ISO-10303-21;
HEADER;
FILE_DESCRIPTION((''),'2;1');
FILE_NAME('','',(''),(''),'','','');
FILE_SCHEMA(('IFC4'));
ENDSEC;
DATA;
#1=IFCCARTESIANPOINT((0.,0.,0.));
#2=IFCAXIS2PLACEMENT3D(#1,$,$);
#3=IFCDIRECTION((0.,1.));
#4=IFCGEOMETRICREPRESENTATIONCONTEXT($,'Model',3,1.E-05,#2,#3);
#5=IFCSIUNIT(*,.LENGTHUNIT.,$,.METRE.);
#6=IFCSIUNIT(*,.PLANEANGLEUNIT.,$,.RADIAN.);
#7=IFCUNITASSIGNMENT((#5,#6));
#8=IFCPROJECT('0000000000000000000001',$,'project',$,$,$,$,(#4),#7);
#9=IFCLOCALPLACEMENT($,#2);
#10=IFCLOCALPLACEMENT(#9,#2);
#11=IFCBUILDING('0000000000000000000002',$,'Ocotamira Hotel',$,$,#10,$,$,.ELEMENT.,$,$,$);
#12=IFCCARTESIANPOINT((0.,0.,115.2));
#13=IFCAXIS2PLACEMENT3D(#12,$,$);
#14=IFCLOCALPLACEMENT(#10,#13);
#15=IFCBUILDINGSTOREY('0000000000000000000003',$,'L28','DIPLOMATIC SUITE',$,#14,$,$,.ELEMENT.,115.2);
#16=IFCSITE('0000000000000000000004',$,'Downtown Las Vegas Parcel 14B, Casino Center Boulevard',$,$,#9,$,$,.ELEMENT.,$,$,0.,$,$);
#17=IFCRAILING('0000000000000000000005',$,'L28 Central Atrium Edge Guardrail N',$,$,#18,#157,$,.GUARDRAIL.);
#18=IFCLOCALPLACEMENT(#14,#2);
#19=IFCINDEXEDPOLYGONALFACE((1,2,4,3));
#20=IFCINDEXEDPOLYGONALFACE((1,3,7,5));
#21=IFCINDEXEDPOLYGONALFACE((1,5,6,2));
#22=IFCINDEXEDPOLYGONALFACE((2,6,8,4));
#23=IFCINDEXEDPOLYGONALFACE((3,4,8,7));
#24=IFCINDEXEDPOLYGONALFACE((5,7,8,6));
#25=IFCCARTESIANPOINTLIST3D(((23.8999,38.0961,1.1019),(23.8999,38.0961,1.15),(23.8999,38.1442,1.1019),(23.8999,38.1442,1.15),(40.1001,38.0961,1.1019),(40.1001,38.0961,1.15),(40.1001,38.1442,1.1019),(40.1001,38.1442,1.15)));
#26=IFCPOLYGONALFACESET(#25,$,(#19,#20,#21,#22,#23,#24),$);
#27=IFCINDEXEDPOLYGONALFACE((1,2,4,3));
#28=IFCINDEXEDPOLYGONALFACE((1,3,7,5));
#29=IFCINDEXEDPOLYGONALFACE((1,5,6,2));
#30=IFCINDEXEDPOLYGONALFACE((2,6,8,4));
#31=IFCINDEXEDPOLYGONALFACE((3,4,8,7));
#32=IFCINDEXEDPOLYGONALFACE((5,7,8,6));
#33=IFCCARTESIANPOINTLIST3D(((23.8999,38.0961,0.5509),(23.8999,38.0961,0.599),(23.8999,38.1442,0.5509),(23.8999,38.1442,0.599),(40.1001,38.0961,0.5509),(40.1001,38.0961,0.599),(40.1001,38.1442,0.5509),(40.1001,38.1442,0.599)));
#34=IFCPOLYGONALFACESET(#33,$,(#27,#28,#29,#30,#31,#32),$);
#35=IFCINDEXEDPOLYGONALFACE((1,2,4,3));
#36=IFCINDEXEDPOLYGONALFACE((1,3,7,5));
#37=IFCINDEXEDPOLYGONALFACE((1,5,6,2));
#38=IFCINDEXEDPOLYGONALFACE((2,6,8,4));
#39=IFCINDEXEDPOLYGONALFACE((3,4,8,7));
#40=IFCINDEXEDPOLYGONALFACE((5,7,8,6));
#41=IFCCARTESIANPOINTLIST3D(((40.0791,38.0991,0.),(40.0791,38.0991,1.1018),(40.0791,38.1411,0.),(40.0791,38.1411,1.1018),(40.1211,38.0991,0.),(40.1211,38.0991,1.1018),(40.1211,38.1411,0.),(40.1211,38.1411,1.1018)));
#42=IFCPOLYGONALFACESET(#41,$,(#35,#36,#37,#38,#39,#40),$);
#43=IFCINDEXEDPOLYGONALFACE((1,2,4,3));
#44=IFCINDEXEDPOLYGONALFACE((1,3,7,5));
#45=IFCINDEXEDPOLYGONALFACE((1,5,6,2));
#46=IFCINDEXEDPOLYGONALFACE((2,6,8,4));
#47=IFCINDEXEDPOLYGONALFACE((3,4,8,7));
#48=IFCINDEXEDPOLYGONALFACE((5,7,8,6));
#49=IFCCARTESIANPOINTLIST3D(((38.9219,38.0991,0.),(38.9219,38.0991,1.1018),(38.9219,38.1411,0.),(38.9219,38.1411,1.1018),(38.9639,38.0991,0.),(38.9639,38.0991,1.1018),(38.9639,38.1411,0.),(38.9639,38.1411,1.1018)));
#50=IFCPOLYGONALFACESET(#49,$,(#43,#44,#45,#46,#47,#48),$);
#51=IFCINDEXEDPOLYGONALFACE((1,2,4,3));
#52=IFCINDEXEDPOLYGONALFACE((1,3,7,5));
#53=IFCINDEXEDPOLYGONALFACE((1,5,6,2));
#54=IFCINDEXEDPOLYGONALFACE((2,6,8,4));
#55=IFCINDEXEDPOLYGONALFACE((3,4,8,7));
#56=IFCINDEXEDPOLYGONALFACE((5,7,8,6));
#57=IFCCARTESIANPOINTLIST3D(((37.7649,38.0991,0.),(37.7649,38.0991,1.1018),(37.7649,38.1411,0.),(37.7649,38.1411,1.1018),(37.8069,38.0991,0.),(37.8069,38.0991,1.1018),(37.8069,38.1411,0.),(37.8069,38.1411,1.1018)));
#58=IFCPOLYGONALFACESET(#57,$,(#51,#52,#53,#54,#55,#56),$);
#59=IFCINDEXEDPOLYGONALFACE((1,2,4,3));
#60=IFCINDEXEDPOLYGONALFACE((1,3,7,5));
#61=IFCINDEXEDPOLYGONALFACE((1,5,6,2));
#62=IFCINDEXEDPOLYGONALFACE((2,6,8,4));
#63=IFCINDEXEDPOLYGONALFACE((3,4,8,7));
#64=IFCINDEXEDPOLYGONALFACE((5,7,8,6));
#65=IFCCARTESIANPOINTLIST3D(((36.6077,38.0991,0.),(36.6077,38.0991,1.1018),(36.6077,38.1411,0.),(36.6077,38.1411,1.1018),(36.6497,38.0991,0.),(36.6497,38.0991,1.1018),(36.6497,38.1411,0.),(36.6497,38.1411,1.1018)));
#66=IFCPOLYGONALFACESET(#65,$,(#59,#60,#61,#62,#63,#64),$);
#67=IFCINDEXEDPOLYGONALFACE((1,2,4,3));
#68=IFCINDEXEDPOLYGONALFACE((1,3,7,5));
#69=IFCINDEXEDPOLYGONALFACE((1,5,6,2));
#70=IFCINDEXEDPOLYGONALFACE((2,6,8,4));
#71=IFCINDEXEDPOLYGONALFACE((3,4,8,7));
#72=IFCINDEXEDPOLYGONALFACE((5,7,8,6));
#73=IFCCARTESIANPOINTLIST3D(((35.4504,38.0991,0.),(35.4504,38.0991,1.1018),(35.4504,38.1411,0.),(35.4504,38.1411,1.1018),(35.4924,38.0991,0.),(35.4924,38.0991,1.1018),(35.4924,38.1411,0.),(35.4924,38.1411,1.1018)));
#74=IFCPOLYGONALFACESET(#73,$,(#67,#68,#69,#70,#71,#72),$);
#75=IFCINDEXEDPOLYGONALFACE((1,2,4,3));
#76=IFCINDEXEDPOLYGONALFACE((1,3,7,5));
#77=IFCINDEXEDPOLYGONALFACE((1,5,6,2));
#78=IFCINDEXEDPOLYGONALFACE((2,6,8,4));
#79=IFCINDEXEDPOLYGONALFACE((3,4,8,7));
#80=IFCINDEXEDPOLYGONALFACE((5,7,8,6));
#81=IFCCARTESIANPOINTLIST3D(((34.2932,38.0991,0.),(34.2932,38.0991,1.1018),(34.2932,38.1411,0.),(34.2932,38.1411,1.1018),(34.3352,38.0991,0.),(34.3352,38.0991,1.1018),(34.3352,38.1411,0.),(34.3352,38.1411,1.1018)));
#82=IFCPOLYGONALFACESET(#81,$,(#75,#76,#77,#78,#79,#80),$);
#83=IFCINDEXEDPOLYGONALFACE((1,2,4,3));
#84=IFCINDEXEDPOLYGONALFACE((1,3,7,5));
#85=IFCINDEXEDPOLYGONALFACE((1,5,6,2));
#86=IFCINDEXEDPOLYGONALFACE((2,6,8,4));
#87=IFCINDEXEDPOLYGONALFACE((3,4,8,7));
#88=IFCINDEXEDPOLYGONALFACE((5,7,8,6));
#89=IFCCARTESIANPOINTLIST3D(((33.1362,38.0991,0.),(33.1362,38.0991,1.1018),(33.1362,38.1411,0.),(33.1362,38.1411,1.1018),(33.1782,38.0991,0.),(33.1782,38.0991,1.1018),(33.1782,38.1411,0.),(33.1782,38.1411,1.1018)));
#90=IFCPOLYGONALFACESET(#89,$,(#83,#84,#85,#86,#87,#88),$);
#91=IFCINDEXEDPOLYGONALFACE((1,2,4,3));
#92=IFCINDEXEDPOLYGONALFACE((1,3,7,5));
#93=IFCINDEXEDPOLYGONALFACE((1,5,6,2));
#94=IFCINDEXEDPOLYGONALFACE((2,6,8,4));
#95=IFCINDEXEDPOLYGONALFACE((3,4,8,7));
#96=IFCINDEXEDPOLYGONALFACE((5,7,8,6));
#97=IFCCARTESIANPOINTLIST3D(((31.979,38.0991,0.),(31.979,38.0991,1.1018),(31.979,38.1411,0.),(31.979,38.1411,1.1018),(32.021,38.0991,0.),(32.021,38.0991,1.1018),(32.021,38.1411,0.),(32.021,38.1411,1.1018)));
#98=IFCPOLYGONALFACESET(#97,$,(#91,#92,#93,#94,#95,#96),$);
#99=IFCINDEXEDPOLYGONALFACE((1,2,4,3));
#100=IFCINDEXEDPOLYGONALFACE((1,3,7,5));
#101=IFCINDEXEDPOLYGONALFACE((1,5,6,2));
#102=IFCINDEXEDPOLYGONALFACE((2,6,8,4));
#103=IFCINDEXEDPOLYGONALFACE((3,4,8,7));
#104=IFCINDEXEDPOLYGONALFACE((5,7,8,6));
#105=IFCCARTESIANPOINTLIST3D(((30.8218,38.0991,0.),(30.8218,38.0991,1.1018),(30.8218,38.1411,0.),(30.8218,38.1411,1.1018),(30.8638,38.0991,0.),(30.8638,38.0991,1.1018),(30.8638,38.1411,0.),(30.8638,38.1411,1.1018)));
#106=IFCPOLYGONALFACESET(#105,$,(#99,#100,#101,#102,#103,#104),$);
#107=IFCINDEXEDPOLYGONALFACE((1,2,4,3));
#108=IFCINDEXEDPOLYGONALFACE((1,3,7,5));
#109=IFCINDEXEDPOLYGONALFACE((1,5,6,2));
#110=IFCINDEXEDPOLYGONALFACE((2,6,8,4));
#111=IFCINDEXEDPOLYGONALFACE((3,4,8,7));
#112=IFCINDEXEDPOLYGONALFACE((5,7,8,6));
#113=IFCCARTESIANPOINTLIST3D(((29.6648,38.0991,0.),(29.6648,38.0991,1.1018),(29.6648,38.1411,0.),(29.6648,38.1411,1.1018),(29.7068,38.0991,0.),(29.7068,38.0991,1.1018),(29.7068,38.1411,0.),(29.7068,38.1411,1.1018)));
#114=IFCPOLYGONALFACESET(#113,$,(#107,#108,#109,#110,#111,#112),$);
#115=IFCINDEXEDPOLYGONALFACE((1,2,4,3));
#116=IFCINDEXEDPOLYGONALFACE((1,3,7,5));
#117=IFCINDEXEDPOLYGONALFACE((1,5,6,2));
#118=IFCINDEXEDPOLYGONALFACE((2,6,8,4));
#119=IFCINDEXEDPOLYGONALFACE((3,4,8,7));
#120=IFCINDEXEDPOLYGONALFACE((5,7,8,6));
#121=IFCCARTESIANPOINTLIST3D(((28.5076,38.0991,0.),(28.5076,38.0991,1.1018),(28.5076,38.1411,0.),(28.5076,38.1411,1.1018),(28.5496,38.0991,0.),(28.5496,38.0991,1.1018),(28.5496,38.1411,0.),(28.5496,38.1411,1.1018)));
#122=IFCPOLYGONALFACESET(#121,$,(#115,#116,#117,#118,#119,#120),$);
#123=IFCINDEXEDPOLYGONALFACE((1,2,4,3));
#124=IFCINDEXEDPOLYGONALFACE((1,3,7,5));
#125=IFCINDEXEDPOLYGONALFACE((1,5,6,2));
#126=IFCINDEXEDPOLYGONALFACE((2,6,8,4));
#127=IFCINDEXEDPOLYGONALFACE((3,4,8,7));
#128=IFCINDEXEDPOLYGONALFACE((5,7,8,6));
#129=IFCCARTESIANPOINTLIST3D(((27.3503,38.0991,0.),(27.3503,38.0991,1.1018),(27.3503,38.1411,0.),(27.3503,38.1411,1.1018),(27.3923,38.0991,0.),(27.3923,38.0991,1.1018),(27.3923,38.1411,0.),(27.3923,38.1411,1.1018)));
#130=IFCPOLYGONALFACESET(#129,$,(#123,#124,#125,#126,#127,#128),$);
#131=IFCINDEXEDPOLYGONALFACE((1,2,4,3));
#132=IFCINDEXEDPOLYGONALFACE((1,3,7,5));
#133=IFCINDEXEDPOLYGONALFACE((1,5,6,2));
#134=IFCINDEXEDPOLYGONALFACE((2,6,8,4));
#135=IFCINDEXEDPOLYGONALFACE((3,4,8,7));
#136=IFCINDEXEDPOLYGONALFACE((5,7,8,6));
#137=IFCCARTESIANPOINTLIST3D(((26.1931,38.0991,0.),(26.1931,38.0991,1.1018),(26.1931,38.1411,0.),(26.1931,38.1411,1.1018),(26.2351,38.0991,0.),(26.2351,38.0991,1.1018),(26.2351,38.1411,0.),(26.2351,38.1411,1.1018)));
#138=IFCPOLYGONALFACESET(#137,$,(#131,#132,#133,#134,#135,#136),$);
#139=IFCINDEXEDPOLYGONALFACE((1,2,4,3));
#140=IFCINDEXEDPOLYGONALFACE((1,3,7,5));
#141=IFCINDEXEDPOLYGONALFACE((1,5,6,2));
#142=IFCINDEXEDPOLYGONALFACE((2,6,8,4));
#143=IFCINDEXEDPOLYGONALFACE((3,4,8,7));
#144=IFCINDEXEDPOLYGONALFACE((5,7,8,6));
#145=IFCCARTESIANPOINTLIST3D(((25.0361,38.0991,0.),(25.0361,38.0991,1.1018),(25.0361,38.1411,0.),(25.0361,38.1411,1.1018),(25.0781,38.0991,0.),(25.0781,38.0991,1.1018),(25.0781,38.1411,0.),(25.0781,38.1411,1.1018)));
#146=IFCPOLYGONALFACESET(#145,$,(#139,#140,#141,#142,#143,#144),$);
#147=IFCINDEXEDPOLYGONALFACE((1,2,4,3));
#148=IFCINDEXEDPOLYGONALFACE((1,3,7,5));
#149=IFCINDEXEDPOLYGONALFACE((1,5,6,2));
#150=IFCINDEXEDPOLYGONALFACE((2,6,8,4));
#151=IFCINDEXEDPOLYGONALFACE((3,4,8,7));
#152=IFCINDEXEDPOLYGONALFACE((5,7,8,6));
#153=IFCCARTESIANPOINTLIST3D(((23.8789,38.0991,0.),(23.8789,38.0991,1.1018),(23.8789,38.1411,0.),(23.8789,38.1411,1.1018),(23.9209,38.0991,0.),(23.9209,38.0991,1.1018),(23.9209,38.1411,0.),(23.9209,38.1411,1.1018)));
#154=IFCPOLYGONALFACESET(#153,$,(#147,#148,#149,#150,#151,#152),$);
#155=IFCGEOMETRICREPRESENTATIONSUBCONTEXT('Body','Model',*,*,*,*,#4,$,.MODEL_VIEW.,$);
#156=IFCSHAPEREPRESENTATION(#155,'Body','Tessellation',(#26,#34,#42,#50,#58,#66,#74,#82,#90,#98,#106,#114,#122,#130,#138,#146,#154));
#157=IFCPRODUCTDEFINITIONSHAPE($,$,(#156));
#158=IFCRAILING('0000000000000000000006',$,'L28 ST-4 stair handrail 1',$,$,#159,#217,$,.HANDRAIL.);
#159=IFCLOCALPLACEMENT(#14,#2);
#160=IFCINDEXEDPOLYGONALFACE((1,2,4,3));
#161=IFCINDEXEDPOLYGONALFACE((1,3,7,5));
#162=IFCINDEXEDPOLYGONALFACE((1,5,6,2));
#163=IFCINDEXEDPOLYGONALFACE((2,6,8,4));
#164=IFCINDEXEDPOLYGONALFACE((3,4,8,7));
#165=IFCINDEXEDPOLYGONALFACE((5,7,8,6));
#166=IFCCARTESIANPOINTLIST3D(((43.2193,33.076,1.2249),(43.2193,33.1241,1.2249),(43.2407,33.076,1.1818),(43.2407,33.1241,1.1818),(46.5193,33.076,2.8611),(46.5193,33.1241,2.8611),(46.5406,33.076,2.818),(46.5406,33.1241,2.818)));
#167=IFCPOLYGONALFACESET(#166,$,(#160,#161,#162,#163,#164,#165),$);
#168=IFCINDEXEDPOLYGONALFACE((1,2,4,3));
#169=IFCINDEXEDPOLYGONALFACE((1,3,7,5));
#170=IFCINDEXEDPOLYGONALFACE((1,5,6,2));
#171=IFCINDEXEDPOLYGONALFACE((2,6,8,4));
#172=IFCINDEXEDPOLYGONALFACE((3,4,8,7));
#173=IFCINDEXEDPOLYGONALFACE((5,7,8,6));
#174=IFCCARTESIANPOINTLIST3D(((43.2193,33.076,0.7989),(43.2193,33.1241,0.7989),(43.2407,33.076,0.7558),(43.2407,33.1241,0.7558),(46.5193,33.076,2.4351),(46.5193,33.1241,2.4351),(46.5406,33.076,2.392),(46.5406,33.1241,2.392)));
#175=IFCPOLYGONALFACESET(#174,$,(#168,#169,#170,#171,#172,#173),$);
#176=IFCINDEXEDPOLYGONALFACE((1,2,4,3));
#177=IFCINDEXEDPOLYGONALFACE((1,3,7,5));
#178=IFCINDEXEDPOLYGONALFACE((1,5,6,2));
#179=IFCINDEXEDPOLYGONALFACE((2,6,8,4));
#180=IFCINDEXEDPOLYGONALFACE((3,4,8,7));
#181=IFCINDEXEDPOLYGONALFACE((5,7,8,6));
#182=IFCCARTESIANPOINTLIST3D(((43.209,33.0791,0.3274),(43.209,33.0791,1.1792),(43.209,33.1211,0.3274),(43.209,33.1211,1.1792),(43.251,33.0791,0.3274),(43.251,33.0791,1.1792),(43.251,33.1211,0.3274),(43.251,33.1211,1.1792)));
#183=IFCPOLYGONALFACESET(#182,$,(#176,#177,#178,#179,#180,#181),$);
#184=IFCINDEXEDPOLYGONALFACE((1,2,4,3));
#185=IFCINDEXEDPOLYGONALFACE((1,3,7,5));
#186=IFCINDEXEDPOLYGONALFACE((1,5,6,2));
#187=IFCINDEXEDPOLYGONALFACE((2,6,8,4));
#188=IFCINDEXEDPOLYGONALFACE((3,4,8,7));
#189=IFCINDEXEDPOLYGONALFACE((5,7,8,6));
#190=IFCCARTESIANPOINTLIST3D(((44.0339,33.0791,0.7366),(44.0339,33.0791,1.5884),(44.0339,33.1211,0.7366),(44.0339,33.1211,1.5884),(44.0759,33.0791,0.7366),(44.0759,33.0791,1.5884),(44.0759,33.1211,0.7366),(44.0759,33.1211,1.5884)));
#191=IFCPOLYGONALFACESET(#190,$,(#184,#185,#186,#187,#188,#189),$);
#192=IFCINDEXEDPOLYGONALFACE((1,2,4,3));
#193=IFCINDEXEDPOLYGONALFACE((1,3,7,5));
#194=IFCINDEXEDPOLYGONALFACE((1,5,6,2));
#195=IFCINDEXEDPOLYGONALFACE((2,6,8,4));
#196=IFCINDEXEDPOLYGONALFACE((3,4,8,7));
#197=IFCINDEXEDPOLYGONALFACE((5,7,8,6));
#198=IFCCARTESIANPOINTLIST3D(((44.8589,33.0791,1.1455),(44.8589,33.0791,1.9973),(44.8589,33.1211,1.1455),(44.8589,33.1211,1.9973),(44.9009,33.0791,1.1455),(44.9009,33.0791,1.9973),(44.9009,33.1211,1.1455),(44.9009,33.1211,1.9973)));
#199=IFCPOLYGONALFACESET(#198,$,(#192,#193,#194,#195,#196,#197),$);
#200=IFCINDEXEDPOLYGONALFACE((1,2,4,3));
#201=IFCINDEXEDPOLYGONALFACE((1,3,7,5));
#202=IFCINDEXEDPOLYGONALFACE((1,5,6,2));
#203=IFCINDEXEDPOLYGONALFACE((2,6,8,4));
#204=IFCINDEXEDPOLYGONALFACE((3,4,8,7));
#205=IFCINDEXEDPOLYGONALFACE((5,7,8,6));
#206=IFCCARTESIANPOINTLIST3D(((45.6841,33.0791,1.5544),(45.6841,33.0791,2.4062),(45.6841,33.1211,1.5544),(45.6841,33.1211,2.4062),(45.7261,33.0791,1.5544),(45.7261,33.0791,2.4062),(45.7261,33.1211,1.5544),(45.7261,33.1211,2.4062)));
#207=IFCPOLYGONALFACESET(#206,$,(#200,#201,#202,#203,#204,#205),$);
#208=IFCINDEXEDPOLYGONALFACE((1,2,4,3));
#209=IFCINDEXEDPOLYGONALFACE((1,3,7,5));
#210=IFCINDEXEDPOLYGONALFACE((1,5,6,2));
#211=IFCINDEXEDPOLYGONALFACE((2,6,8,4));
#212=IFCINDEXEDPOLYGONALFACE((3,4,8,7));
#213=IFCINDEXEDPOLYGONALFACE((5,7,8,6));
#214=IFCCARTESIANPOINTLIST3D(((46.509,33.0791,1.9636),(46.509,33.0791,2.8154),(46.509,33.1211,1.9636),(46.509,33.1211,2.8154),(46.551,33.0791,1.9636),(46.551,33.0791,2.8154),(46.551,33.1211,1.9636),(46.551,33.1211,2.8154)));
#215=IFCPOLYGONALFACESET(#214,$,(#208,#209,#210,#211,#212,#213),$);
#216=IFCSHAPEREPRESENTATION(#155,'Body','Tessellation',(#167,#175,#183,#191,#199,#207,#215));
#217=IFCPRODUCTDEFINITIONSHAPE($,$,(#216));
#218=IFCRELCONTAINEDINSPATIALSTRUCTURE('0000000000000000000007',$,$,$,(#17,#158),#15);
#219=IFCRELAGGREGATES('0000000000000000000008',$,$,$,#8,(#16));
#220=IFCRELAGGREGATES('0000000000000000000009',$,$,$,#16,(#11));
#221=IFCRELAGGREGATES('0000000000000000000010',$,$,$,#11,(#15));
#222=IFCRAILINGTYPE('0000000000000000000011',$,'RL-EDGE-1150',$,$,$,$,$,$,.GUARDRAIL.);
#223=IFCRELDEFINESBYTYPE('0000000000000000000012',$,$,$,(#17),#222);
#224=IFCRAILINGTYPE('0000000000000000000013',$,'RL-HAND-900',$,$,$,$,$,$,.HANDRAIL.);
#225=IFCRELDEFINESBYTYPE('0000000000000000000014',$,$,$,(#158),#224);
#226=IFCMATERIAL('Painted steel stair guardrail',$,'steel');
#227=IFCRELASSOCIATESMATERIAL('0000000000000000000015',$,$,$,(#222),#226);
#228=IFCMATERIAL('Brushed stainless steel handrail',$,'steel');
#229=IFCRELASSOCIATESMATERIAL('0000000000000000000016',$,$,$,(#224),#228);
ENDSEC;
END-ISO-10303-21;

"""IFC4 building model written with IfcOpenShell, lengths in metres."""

from ifc_helpers import new_model, si_unit, direction, frame, origin, origin_2d, place, context, subcontext, project, spatial, rectangle, extrude, material, type_object, element, save


model = new_model("IFC4")

# Units and contexts
model_context = context("Model", 3, precision=1e-05, world=origin(), true_north=direction((0.0, 1.0)))
body_context = subcontext(model_context, "Body", "Model", "MODEL_VIEW")
ifc_project = project(units=[si_unit("LENGTHUNIT", "METRE"), si_unit("PLANEANGLEUNIT", "RADIAN")], contexts=[model_context])

# Site, building, storey
site_placement = place(None, origin())
site = spatial("IfcSite", under=ifc_project, at=site_placement, Name="Downtown Las Vegas Parcel 14B, Casino Center Boulevard", CompositionType="ELEMENT", RefElevation=0.0)
building_placement = place(site_placement, origin())
building = spatial("IfcBuilding", under=site, at=building_placement, Name="Ocotamira Hotel", CompositionType="ELEMENT")
storey_placement = place(building_placement, frame((0.0, 0.0, 115.2)))
storey = spatial("IfcBuildingStorey", under=building, at=storey_placement, Name="L28", Description="DIPLOMATIC SUITE", CompositionType="ELEMENT", Elevation=115.2)

# Railings
ifc_material_1 = material(Name="Painted steel stair guardrail", Category="steel")
railing_type_1 = type_object("IfcRailingType", Name="RL-EDGE-1150", PredefinedType="GUARDRAIL", material=ifc_material_1)
railing_1_placement = place(storey_placement, frame((40.1001, 38.1201, 0.0)))
element("IfcRailing", 1, at=railing_1_placement, inside=storey, type_object=railing_type_1, Name="L28 Central Atrium Edge Guardrail N", PredefinedType="GUARDRAIL", context=body_context, shape_type="SweptSolid", body=[
    extrude(rectangle(XDim=0.0481, YDim=0.0481, at=origin_2d()), frame((0.0, 0.0, 1.126), z_axis=(-1.0, 0.0, 0.0), x_axis=(0.0, -1.0, 0.0)), (0.0, 0.0, 1.0), 16.2002),
    extrude(rectangle(XDim=0.0481, YDim=0.0481, at=origin_2d()), frame((0.0, 0.0, 0.575), z_axis=(-1.0, 0.0, 0.0), x_axis=(0.0, -1.0, 0.0)), (0.0, 0.0, 1.0), 16.2002),
    extrude(rectangle(XDim=0.042, YDim=0.042, at=origin_2d()), origin(), (0.0, 0.0, 1.0), 1.1018),
    extrude(rectangle(XDim=0.042, YDim=0.042, at=origin_2d()), frame((-1.1572, 0.0, 0.0)), (0.0, 0.0, 1.0), 1.1018),
    extrude(rectangle(XDim=0.042, YDim=0.042, at=origin_2d()), frame((-2.3142, 0.0, 0.0)), (0.0, 0.0, 1.0), 1.1018),
    extrude(rectangle(XDim=0.042, YDim=0.042, at=origin_2d()), frame((-3.4714, 0.0, 0.0)), (0.0, 0.0, 1.0), 1.1018),
    extrude(rectangle(XDim=0.042, YDim=0.042, at=origin_2d()), frame((-4.6287, 0.0, 0.0)), (0.0, 0.0, 1.0), 1.1018),
    extrude(rectangle(XDim=0.042, YDim=0.042, at=origin_2d()), frame((-5.7859, 0.0, 0.0)), (0.0, 0.0, 1.0), 1.1018),
    extrude(rectangle(XDim=0.042, YDim=0.042, at=origin_2d()), frame((-6.9429, 0.0, 0.0)), (0.0, 0.0, 1.0), 1.1018),
    extrude(rectangle(XDim=0.042, YDim=0.042, at=origin_2d()), frame((-8.1001, 0.0, 0.0)), (0.0, 0.0, 1.0), 1.1018),
    extrude(rectangle(XDim=0.042, YDim=0.042, at=origin_2d()), frame((-9.2573, 0.0, 0.0)), (0.0, 0.0, 1.0), 1.1018),
    extrude(rectangle(XDim=0.042, YDim=0.042, at=origin_2d()), frame((-10.4143, 0.0, 0.0)), (0.0, 0.0, 1.0), 1.1018),
    extrude(rectangle(XDim=0.042, YDim=0.042, at=origin_2d()), frame((-11.5715, 0.0, 0.0)), (0.0, 0.0, 1.0), 1.1018),
    extrude(rectangle(XDim=0.042, YDim=0.042, at=origin_2d()), frame((-12.7288, 0.0, 0.0)), (0.0, 0.0, 1.0), 1.1018),
    extrude(rectangle(XDim=0.042, YDim=0.042, at=origin_2d()), frame((-13.886, 0.0, 0.0)), (0.0, 0.0, 1.0), 1.1018),
    extrude(rectangle(XDim=0.042, YDim=0.042, at=origin_2d()), frame((-15.043, 0.0, 0.0)), (0.0, 0.0, 1.0), 1.1018),
    extrude(rectangle(XDim=0.042, YDim=0.042, at=origin_2d()), frame((-16.2002, 0.0, 0.0)), (0.0, 0.0, 1.0), 1.1018),
])
ifc_material_2 = material(Name="Brushed stainless steel handrail", Category="steel")
railing_type_2 = type_object("IfcRailingType", Name="RL-HAND-900", PredefinedType="HANDRAIL", material=ifc_material_2)
railing_2_placement = place(storey_placement, frame((43.23, 33.1001, 0.3274)))
element("IfcRailing", 2, at=railing_2_placement, inside=storey, type_object=railing_type_2, Name="L28 ST-4 stair handrail 1", PredefinedType="HANDRAIL", context=body_context, shape_type="SweptSolid", body=[
    extrude(rectangle(XDim=0.0481, YDim=0.0481, at=origin_2d()), frame((0.0, 0.0, 0.876), z_axis=(0.89592, 0.0, 0.444215), x_axis=(0.0, 1.0, 0.0)), (0.0, 0.0, 1.0), 3.6833),
    extrude(rectangle(XDim=0.0481, YDim=0.0481, at=origin_2d()), frame((0.0, 0.0, 0.45), z_axis=(0.89592, 0.0, 0.444215), x_axis=(0.0, 1.0, 0.0)), (0.0, 0.0, 1.0), 3.6833),
    extrude(rectangle(XDim=0.042, YDim=0.042, at=origin_2d()), origin(), (0.0, 0.0, 1.0), 0.8518),
    extrude(rectangle(XDim=0.042, YDim=0.042, at=origin_2d()), frame((0.825, 0.0, 0.4092)), (0.0, 0.0, 1.0), 0.8518),
    extrude(rectangle(XDim=0.042, YDim=0.042, at=origin_2d()), frame((1.6499, 0.0, 0.8181)), (0.0, 0.0, 1.0), 0.8518),
    extrude(rectangle(XDim=0.042, YDim=0.042, at=origin_2d()), frame((2.4751, 0.0, 1.2271)), (0.0, 0.0, 1.0), 0.8518),
    extrude(rectangle(XDim=0.042, YDim=0.042, at=origin_2d()), frame((3.3, 0.0, 1.6362)), (0.0, 0.0, 1.0), 0.8518),
])

save(model, "model.ifc")
